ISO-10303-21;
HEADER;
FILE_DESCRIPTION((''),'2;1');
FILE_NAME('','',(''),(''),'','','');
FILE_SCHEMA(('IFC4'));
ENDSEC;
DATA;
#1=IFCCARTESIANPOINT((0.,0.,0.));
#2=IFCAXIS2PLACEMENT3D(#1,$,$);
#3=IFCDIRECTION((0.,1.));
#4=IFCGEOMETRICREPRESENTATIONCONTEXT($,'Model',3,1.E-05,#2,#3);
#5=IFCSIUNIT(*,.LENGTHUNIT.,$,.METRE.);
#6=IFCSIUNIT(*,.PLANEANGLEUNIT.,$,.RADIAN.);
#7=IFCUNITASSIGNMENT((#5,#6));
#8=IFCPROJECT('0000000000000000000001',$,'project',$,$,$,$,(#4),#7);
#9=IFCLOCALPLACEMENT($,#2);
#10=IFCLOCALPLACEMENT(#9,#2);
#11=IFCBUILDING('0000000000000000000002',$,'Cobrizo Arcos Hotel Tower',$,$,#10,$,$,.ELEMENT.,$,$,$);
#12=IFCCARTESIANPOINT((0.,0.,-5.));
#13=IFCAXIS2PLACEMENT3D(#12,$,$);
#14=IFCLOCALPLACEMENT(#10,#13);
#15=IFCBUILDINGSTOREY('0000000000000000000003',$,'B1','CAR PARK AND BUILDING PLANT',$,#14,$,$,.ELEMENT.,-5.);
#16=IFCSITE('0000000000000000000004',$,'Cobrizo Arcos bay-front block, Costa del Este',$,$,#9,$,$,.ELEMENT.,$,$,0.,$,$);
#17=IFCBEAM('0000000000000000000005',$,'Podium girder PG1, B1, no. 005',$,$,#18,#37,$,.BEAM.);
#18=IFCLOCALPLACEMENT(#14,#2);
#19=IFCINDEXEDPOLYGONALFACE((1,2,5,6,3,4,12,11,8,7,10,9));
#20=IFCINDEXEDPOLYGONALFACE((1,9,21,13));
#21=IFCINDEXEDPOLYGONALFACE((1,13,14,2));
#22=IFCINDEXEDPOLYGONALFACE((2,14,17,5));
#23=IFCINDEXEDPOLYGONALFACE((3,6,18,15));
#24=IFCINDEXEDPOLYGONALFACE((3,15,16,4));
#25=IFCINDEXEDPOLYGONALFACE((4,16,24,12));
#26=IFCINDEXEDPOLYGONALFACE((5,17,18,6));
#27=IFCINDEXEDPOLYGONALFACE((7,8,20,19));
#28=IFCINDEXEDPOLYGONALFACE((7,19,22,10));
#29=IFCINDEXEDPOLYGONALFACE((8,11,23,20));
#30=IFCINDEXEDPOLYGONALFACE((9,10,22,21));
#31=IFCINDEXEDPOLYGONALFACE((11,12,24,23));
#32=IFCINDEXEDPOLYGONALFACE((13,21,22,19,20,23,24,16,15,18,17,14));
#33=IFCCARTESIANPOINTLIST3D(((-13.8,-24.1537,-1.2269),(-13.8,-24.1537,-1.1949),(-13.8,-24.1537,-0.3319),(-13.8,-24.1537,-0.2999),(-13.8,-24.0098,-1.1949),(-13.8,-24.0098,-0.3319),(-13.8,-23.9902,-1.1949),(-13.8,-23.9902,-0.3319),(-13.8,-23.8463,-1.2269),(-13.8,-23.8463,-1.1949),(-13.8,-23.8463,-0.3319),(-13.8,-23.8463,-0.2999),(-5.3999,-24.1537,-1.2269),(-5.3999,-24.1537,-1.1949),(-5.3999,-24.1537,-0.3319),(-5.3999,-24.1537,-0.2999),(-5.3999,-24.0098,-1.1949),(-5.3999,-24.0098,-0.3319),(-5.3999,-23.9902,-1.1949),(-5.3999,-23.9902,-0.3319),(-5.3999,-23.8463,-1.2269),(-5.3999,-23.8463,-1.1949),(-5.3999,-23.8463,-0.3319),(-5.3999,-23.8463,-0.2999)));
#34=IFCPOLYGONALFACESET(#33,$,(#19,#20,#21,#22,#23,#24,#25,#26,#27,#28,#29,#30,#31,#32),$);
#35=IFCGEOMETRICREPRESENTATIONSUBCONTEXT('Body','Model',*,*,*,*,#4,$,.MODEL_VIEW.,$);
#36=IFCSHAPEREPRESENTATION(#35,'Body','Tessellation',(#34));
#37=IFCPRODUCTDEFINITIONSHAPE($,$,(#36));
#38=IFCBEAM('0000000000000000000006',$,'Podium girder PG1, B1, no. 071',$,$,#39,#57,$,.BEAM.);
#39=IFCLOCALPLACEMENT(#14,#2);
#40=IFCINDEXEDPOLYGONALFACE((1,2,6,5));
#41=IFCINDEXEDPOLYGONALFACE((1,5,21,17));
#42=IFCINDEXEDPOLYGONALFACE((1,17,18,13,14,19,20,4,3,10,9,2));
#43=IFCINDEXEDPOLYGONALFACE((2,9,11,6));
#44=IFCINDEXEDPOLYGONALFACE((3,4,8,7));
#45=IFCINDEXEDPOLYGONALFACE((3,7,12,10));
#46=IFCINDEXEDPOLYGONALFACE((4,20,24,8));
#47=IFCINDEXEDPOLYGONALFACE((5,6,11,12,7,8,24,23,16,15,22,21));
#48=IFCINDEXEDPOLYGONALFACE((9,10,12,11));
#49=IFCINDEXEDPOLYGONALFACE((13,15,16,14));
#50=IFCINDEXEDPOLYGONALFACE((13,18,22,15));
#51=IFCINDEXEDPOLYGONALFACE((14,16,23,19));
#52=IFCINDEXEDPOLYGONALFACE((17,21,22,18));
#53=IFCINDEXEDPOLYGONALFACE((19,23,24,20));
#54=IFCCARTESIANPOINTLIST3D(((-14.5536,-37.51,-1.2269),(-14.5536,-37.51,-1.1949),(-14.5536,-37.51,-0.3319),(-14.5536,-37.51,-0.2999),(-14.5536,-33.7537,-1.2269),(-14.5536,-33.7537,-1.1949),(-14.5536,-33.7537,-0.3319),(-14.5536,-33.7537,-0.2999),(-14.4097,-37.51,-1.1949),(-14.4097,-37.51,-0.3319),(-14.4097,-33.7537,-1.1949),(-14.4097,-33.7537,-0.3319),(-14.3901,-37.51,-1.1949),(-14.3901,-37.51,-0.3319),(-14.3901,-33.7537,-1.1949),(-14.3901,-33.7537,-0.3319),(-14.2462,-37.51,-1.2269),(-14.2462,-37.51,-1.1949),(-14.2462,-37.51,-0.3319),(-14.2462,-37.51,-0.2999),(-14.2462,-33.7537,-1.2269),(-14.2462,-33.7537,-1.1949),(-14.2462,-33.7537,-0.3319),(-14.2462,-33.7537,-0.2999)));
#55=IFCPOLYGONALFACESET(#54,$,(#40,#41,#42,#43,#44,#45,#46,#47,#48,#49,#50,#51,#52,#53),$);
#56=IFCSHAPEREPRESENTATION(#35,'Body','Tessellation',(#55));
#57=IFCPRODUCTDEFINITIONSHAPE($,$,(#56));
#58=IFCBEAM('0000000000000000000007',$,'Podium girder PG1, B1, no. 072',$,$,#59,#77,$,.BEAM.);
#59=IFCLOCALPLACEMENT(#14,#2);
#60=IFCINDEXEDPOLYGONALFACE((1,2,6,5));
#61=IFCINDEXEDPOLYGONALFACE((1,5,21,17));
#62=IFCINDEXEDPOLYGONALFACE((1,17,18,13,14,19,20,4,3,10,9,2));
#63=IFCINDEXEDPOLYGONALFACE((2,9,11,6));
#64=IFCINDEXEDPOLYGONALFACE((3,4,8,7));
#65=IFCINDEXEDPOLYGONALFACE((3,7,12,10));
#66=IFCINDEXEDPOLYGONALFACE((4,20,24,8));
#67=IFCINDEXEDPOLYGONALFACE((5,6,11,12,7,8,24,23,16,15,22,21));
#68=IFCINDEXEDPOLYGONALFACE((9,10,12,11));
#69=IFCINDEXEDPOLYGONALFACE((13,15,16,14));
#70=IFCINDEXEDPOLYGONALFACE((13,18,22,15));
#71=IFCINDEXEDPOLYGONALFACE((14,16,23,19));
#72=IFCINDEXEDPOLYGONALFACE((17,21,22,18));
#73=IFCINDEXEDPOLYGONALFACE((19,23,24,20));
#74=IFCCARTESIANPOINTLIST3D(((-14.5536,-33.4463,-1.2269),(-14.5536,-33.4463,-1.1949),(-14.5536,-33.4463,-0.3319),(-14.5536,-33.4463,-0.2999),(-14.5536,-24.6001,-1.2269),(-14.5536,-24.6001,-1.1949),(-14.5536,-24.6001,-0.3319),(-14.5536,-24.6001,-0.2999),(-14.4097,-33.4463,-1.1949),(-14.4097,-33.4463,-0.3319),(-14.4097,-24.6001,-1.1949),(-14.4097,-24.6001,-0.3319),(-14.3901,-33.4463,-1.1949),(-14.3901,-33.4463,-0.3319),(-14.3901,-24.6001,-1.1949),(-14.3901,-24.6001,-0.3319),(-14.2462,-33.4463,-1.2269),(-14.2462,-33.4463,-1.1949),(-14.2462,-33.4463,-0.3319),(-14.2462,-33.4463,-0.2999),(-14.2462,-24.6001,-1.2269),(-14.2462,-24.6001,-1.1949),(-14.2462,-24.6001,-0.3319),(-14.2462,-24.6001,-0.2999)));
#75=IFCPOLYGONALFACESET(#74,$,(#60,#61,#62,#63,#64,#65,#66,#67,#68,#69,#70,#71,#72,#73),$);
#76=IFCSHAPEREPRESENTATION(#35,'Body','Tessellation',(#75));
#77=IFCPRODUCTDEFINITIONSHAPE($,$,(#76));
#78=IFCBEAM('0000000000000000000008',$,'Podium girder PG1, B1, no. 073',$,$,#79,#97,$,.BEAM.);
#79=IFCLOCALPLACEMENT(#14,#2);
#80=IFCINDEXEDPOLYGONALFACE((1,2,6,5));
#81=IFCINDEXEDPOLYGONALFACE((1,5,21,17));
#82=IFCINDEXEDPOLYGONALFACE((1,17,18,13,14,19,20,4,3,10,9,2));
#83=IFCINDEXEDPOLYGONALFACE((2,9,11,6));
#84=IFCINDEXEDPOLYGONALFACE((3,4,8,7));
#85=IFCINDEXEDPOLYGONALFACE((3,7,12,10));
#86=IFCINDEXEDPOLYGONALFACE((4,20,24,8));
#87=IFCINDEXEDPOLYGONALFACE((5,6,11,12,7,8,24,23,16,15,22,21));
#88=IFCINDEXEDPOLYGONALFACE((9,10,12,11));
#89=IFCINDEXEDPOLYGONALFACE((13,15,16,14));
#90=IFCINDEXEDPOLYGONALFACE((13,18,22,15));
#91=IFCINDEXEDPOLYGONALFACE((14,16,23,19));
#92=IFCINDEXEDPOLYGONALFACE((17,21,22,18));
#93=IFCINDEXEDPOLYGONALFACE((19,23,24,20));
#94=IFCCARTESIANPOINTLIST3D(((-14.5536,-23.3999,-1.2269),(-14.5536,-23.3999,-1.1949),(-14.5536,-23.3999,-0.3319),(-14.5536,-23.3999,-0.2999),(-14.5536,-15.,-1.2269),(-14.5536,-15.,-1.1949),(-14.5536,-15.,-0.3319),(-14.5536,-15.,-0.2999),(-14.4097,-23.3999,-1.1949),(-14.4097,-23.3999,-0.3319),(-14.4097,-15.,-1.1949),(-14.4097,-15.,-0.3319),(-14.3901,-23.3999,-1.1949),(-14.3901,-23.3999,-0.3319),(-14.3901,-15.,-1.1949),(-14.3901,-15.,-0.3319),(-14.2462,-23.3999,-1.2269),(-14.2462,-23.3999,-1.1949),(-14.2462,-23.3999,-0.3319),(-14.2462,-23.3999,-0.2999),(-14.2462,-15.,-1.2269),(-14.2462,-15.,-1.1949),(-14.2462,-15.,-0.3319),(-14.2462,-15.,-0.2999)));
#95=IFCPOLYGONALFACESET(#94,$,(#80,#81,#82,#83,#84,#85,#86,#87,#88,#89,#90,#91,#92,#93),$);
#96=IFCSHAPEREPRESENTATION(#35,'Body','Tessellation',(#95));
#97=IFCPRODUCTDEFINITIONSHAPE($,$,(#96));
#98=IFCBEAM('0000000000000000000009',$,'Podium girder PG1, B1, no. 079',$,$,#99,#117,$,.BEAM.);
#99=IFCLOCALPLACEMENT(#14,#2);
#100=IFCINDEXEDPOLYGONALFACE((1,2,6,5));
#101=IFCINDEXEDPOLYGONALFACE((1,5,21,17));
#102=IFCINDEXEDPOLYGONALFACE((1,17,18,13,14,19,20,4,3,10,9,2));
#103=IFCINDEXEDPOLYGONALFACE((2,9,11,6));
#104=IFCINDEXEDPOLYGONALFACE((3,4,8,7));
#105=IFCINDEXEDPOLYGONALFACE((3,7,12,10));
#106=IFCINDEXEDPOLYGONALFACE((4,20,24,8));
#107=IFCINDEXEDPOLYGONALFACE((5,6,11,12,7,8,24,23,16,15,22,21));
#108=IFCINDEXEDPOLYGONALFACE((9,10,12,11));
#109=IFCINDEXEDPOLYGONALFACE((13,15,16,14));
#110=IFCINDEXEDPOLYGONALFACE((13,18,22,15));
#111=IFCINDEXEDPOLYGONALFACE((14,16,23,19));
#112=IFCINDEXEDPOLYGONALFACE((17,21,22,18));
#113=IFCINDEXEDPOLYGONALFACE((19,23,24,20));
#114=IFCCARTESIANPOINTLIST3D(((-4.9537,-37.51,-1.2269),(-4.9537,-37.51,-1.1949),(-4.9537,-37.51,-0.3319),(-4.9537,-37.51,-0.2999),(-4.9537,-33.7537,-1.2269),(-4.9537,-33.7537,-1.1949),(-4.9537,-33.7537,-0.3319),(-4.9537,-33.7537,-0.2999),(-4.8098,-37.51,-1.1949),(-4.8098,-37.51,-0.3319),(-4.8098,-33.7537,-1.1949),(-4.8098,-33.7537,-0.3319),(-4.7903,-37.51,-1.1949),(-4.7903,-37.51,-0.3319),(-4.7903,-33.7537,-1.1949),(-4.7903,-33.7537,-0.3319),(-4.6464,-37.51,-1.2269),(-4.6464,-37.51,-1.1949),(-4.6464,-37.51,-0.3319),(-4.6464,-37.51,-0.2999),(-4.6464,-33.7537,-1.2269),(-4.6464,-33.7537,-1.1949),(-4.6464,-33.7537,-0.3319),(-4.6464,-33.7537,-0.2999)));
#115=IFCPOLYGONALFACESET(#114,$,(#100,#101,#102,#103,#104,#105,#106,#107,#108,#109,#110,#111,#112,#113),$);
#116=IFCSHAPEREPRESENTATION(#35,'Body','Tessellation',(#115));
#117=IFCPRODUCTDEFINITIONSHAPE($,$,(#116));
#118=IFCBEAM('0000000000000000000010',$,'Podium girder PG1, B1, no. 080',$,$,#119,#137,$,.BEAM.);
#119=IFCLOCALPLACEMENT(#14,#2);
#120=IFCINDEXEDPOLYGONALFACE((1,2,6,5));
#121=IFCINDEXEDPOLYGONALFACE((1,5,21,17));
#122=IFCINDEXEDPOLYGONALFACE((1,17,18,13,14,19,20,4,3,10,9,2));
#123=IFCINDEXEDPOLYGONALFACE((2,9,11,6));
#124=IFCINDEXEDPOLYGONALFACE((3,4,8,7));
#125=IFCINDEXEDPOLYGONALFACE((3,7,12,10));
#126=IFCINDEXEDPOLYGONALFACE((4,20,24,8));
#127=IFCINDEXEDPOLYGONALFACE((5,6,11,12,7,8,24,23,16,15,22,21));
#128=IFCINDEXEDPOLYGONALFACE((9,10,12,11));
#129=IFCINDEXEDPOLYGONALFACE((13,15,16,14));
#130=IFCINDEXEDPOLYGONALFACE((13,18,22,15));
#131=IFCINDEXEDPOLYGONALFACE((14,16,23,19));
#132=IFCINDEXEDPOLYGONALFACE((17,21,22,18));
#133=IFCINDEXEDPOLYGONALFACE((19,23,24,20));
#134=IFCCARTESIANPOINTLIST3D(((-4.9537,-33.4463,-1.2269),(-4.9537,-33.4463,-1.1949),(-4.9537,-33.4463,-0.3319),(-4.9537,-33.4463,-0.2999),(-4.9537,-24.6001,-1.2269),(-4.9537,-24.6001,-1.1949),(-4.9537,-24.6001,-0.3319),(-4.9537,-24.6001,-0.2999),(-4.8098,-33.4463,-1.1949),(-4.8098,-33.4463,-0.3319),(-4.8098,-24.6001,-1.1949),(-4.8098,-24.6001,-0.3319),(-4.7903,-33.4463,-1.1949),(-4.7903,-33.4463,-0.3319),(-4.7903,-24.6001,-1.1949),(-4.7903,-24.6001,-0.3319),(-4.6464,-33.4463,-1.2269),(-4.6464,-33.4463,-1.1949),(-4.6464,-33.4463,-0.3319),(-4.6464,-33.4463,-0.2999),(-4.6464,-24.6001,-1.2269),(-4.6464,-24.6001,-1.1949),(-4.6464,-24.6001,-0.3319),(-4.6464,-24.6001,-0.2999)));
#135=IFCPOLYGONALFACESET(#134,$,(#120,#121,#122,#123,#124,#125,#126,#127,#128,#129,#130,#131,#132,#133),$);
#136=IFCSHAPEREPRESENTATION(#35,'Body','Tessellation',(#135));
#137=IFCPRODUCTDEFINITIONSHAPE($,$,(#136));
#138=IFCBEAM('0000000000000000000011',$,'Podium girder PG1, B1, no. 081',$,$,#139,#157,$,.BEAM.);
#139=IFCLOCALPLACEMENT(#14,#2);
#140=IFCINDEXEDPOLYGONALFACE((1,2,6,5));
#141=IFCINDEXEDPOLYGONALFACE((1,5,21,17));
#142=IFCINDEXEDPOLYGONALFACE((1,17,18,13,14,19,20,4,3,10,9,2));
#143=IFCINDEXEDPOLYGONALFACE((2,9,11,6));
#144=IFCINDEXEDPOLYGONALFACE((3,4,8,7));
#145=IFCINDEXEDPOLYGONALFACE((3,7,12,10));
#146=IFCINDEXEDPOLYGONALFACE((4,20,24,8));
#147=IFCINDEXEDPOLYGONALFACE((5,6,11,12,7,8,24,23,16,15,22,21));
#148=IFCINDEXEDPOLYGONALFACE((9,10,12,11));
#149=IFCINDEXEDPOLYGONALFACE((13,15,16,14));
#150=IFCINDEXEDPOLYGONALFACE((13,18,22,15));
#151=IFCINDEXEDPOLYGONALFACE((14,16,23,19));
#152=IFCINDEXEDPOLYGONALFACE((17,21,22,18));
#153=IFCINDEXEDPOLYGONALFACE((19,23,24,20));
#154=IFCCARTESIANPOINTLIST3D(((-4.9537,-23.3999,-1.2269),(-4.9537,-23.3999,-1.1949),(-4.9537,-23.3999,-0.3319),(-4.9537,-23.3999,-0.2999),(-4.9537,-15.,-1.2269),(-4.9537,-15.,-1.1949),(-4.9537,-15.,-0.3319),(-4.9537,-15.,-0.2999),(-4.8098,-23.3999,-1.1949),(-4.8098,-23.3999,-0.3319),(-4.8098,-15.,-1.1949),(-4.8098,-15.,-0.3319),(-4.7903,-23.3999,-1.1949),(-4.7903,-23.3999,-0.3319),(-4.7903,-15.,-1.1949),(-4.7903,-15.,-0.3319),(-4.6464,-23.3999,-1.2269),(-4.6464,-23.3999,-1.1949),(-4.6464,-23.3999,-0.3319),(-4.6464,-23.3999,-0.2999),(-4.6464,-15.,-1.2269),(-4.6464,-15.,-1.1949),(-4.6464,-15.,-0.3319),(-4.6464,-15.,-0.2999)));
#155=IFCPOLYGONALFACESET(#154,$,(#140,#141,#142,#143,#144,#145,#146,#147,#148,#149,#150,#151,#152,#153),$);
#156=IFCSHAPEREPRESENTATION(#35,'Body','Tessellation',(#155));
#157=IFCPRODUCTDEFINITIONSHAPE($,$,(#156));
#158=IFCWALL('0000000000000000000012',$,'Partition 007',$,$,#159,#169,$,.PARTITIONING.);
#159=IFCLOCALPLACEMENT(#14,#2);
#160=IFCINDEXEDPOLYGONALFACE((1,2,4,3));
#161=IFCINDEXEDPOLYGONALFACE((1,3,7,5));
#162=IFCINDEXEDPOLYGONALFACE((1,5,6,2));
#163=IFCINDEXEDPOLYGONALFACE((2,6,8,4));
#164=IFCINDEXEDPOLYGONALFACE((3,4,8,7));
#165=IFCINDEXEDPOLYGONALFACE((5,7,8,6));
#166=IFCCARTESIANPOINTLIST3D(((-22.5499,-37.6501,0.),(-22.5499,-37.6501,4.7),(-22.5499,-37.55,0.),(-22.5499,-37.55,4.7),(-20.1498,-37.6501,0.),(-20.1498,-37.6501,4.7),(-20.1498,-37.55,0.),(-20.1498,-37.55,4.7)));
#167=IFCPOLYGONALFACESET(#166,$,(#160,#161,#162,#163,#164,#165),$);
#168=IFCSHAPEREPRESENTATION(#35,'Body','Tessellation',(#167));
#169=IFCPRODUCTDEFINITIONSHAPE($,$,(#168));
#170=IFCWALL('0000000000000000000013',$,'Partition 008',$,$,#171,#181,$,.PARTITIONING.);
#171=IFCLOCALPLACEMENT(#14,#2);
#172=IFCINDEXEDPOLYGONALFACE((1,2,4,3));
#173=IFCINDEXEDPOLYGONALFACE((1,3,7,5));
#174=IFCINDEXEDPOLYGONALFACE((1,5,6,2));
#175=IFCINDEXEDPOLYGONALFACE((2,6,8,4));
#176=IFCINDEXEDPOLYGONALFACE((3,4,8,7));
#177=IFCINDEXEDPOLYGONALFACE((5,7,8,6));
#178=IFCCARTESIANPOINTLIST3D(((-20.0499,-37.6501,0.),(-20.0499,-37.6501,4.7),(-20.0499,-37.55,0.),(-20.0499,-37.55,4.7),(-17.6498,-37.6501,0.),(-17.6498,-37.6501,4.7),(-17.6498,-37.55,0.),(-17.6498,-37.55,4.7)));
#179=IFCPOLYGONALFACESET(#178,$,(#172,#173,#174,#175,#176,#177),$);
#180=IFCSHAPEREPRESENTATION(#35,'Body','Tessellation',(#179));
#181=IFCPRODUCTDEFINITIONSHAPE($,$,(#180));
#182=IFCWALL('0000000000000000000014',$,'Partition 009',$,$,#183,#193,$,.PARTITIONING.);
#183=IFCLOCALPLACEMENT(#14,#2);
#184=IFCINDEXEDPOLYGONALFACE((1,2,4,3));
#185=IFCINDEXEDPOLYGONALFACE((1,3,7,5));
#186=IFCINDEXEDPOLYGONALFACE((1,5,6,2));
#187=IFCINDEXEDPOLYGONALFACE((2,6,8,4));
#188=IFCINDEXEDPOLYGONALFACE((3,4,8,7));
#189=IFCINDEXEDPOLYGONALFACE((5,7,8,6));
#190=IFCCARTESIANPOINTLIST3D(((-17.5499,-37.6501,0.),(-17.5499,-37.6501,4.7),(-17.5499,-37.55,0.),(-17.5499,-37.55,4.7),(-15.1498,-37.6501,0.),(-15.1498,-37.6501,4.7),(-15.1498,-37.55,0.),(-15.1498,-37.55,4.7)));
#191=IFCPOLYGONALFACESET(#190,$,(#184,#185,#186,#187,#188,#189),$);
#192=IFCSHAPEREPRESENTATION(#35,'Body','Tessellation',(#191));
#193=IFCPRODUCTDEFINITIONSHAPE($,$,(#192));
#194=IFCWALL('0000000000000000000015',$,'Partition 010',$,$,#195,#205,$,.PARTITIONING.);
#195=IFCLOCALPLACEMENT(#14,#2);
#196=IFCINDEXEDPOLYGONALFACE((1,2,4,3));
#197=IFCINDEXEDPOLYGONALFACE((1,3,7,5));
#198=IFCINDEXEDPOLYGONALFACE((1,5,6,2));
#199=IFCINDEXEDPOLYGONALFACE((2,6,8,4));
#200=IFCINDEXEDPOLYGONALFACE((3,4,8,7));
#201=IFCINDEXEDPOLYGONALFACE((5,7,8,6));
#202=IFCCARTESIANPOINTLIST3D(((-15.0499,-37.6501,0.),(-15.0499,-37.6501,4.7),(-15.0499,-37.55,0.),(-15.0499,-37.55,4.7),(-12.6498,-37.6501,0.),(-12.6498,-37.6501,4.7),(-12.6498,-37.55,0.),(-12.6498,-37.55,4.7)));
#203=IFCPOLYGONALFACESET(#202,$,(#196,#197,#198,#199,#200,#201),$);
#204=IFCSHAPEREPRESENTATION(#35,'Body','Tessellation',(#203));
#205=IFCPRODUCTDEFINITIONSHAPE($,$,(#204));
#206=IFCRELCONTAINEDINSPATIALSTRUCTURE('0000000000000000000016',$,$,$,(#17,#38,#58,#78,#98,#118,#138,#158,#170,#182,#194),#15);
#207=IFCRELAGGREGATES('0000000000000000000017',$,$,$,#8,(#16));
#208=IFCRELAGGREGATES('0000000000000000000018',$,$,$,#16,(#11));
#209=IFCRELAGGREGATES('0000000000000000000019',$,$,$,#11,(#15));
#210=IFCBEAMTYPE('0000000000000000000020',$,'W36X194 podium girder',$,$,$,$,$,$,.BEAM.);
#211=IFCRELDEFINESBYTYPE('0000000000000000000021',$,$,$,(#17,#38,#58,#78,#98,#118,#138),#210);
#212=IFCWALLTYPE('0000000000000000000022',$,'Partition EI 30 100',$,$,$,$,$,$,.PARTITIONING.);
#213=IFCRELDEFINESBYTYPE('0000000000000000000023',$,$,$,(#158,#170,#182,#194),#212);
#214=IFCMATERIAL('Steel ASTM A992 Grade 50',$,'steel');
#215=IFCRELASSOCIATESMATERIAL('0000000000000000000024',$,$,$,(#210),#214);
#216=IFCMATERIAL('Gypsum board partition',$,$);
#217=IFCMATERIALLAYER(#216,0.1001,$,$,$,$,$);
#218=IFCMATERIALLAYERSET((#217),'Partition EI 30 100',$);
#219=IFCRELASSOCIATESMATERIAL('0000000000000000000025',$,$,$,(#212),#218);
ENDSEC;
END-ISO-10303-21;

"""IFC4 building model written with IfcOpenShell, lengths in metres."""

from ifc_helpers import new_model, si_unit, direction, frame, frame_2d, origin, origin_2d, place, context, subcontext, project, spatial, rectangle, i_section, extrude, material, layer, layer_set, material_profile, profile_set, type_object, element, save


model = new_model("IFC4")

# Units and contexts
model_context = context("Model", 3, precision=1e-05, world=origin(), true_north=direction((0.0, 1.0)))
body_context = subcontext(model_context, "Body", "Model", "MODEL_VIEW")
ifc_project = project(units=[si_unit("LENGTHUNIT", "METRE"), si_unit("PLANEANGLEUNIT", "RADIAN")], contexts=[model_context])

# Site, building, storey
site_placement = place(None, origin())
site = spatial("IfcSite", under=ifc_project, at=site_placement, Name="Cobrizo Arcos bay-front block, Costa del Este", CompositionType="ELEMENT", RefElevation=0.0)
building_placement = place(site_placement, origin())
building = spatial("IfcBuilding", under=site, at=building_placement, Name="Cobrizo Arcos Hotel Tower", CompositionType="ELEMENT")
storey_placement = place(building_placement, frame((0.0, 0.0, -5.0)))
storey = spatial("IfcBuildingStorey", under=building, at=storey_placement, Name="B1", Description="CAR PARK AND BUILDING PLANT", CompositionType="ELEMENT", Elevation=-5.0)

# Beams
ifc_material_1 = material(Name="Steel ASTM A992 Grade 50", Category="steel")
ifc_material_profile_1 = material_profile(ifc_material_1, i_section(OverallWidth=0.3074, OverallDepth=0.927, WebThickness=0.0195, FlangeThickness=0.032, at=origin_2d()), Name="W36X194")
ifc_profile_set_1 = profile_set([ifc_material_profile_1], Name="Steel ASTM A992 Grade 50")
beam_type_1 = type_object("IfcBeamType", Name="W36X194 podium girder", PredefinedType="BEAM", material=ifc_profile_set_1)
beam_1_placement = place(storey_placement, frame((-13.8, -24.0, -0.7634), z_axis=(1.0, 0.0, 0.0), x_axis=(0.0, 1.0, 0.0)))
element("IfcBeam", 1, at=beam_1_placement, inside=storey, type_object=beam_type_1, Name="Podium girder PG1, B1, no. 005", PredefinedType="BEAM", context=body_context, shape_type="SweptSolid", body=[
    extrude(i_section(OverallWidth=0.3074, OverallDepth=0.927, WebThickness=0.0195, FlangeThickness=0.032, at=origin_2d()), origin(), (0.0, 0.0, 1.0), 8.4001),
])
beam_2_placement = place(storey_placement, frame((-14.3999, -37.51, -0.7634), z_axis=(0.0, 1.0, 0.0), x_axis=(-1.0, 0.0, 0.0)))
element("IfcBeam", 2, at=beam_2_placement, inside=storey, type_object=beam_type_1, Name="Podium girder PG1, B1, no. 071", PredefinedType="BEAM", context=body_context, shape_type="SweptSolid", body=[
    extrude(i_section(OverallWidth=0.3074, OverallDepth=0.927, WebThickness=0.0195, FlangeThickness=0.032, at=origin_2d()), origin(), (0.0, 0.0, 1.0), 3.7563),
])
beam_3_placement = place(storey_placement, frame((-14.3999, -33.4463, -0.7634), z_axis=(0.0, 1.0, 0.0), x_axis=(-1.0, 0.0, 0.0)))
element("IfcBeam", 3, at=beam_3_placement, inside=storey, type_object=beam_type_1, Name="Podium girder PG1, B1, no. 072", PredefinedType="BEAM", context=body_context, shape_type="SweptSolid", body=[
    extrude(i_section(OverallWidth=0.3074, OverallDepth=0.927, WebThickness=0.0195, FlangeThickness=0.032, at=origin_2d()), origin(), (0.0, 0.0, 1.0), 8.8462),
])
beam_4_placement = place(storey_placement, frame((-14.3999, -23.3999, -0.7634), z_axis=(0.0, 1.0, 0.0), x_axis=(-1.0, 0.0, 0.0)))
element("IfcBeam", 4, at=beam_4_placement, inside=storey, type_object=beam_type_1, Name="Podium girder PG1, B1, no. 073", PredefinedType="BEAM", context=body_context, shape_type="SweptSolid", body=[
    extrude(i_section(OverallWidth=0.3074, OverallDepth=0.927, WebThickness=0.0195, FlangeThickness=0.032, at=origin_2d()), origin(), (0.0, 0.0, 1.0), 8.3999),
])
beam_5_placement = place(storey_placement, frame((-4.8, -37.51, -0.7634), z_axis=(0.0, 1.0, 0.0), x_axis=(-1.0, 0.0, 0.0)))
element("IfcBeam", 5, at=beam_5_placement, inside=storey, type_object=beam_type_1, Name="Podium girder PG1, B1, no. 079", PredefinedType="BEAM", context=body_context, shape_type="SweptSolid", body=[
    extrude(i_section(OverallWidth=0.3074, OverallDepth=0.927, WebThickness=0.0195, FlangeThickness=0.032, at=origin_2d()), origin(), (0.0, 0.0, 1.0), 3.7563),
])
beam_6_placement = place(storey_placement, frame((-4.8, -33.4463, -0.7634), z_axis=(0.0, 1.0, 0.0), x_axis=(-1.0, 0.0, 0.0)))
element("IfcBeam", 6, at=beam_6_placement, inside=storey, type_object=beam_type_1, Name="Podium girder PG1, B1, no. 080", PredefinedType="BEAM", context=body_context, shape_type="SweptSolid", body=[
    extrude(i_section(OverallWidth=0.3074, OverallDepth=0.927, WebThickness=0.0195, FlangeThickness=0.032, at=origin_2d()), origin(), (0.0, 0.0, 1.0), 8.8462),
])
beam_7_placement = place(storey_placement, frame((-4.8, -23.3999, -0.7634), z_axis=(0.0, 1.0, 0.0), x_axis=(-1.0, 0.0, 0.0)))
element("IfcBeam", 7, at=beam_7_placement, inside=storey, type_object=beam_type_1, Name="Podium girder PG1, B1, no. 081", PredefinedType="BEAM", context=body_context, shape_type="SweptSolid", body=[
    extrude(i_section(OverallWidth=0.3074, OverallDepth=0.927, WebThickness=0.0195, FlangeThickness=0.032, at=origin_2d()), origin(), (0.0, 0.0, 1.0), 8.3999),
])

# Walls
ifc_material_2 = material(Name="Gypsum board partition")
ifc_layer = layer(ifc_material_2, 0.1001)
ifc_layer_set = layer_set([ifc_layer], Name="Partition EI 30 100")
wall_type = type_object("IfcWallType", Name="Partition EI 30 100", PredefinedType="PARTITIONING", material=ifc_layer_set)
for number, where, z_axis, x_axis, name in (
    (8, (-22.55, -37.6001, 0.0), (0.0, 0.0, 1.0), (1.0, 0.0, 0.0), "Partition 007"),
    (9, (-20.05, -37.6001, 0.0), (0.0, 0.0, 1.0), (1.0, 0.0, 0.0), "Partition 008"),
    (10, (-17.55, -37.6001, 0.0), (0.0, 0.0, 1.0), (1.0, 0.0, 0.0), "Partition 009"),
    (11, (-15.05, -37.6001, 0.0), (0.0, 0.0, 1.0), (1.0, 0.0, 0.0), "Partition 010"),
):
    element("IfcWall", number, at=place(storey_placement, frame(where, z_axis=z_axis, x_axis=x_axis)), inside=storey, type_object=wall_type, Name=name, PredefinedType="PARTITIONING", context=body_context, shape_type="SweptSolid", body=[
        extrude(rectangle(XDim=2.4001, YDim=0.1001, at=frame_2d((1.2002, 0.0))), origin(), (0.0, 0.0, 1.0), 4.7),
    ])

save(model, "model.ifc")
